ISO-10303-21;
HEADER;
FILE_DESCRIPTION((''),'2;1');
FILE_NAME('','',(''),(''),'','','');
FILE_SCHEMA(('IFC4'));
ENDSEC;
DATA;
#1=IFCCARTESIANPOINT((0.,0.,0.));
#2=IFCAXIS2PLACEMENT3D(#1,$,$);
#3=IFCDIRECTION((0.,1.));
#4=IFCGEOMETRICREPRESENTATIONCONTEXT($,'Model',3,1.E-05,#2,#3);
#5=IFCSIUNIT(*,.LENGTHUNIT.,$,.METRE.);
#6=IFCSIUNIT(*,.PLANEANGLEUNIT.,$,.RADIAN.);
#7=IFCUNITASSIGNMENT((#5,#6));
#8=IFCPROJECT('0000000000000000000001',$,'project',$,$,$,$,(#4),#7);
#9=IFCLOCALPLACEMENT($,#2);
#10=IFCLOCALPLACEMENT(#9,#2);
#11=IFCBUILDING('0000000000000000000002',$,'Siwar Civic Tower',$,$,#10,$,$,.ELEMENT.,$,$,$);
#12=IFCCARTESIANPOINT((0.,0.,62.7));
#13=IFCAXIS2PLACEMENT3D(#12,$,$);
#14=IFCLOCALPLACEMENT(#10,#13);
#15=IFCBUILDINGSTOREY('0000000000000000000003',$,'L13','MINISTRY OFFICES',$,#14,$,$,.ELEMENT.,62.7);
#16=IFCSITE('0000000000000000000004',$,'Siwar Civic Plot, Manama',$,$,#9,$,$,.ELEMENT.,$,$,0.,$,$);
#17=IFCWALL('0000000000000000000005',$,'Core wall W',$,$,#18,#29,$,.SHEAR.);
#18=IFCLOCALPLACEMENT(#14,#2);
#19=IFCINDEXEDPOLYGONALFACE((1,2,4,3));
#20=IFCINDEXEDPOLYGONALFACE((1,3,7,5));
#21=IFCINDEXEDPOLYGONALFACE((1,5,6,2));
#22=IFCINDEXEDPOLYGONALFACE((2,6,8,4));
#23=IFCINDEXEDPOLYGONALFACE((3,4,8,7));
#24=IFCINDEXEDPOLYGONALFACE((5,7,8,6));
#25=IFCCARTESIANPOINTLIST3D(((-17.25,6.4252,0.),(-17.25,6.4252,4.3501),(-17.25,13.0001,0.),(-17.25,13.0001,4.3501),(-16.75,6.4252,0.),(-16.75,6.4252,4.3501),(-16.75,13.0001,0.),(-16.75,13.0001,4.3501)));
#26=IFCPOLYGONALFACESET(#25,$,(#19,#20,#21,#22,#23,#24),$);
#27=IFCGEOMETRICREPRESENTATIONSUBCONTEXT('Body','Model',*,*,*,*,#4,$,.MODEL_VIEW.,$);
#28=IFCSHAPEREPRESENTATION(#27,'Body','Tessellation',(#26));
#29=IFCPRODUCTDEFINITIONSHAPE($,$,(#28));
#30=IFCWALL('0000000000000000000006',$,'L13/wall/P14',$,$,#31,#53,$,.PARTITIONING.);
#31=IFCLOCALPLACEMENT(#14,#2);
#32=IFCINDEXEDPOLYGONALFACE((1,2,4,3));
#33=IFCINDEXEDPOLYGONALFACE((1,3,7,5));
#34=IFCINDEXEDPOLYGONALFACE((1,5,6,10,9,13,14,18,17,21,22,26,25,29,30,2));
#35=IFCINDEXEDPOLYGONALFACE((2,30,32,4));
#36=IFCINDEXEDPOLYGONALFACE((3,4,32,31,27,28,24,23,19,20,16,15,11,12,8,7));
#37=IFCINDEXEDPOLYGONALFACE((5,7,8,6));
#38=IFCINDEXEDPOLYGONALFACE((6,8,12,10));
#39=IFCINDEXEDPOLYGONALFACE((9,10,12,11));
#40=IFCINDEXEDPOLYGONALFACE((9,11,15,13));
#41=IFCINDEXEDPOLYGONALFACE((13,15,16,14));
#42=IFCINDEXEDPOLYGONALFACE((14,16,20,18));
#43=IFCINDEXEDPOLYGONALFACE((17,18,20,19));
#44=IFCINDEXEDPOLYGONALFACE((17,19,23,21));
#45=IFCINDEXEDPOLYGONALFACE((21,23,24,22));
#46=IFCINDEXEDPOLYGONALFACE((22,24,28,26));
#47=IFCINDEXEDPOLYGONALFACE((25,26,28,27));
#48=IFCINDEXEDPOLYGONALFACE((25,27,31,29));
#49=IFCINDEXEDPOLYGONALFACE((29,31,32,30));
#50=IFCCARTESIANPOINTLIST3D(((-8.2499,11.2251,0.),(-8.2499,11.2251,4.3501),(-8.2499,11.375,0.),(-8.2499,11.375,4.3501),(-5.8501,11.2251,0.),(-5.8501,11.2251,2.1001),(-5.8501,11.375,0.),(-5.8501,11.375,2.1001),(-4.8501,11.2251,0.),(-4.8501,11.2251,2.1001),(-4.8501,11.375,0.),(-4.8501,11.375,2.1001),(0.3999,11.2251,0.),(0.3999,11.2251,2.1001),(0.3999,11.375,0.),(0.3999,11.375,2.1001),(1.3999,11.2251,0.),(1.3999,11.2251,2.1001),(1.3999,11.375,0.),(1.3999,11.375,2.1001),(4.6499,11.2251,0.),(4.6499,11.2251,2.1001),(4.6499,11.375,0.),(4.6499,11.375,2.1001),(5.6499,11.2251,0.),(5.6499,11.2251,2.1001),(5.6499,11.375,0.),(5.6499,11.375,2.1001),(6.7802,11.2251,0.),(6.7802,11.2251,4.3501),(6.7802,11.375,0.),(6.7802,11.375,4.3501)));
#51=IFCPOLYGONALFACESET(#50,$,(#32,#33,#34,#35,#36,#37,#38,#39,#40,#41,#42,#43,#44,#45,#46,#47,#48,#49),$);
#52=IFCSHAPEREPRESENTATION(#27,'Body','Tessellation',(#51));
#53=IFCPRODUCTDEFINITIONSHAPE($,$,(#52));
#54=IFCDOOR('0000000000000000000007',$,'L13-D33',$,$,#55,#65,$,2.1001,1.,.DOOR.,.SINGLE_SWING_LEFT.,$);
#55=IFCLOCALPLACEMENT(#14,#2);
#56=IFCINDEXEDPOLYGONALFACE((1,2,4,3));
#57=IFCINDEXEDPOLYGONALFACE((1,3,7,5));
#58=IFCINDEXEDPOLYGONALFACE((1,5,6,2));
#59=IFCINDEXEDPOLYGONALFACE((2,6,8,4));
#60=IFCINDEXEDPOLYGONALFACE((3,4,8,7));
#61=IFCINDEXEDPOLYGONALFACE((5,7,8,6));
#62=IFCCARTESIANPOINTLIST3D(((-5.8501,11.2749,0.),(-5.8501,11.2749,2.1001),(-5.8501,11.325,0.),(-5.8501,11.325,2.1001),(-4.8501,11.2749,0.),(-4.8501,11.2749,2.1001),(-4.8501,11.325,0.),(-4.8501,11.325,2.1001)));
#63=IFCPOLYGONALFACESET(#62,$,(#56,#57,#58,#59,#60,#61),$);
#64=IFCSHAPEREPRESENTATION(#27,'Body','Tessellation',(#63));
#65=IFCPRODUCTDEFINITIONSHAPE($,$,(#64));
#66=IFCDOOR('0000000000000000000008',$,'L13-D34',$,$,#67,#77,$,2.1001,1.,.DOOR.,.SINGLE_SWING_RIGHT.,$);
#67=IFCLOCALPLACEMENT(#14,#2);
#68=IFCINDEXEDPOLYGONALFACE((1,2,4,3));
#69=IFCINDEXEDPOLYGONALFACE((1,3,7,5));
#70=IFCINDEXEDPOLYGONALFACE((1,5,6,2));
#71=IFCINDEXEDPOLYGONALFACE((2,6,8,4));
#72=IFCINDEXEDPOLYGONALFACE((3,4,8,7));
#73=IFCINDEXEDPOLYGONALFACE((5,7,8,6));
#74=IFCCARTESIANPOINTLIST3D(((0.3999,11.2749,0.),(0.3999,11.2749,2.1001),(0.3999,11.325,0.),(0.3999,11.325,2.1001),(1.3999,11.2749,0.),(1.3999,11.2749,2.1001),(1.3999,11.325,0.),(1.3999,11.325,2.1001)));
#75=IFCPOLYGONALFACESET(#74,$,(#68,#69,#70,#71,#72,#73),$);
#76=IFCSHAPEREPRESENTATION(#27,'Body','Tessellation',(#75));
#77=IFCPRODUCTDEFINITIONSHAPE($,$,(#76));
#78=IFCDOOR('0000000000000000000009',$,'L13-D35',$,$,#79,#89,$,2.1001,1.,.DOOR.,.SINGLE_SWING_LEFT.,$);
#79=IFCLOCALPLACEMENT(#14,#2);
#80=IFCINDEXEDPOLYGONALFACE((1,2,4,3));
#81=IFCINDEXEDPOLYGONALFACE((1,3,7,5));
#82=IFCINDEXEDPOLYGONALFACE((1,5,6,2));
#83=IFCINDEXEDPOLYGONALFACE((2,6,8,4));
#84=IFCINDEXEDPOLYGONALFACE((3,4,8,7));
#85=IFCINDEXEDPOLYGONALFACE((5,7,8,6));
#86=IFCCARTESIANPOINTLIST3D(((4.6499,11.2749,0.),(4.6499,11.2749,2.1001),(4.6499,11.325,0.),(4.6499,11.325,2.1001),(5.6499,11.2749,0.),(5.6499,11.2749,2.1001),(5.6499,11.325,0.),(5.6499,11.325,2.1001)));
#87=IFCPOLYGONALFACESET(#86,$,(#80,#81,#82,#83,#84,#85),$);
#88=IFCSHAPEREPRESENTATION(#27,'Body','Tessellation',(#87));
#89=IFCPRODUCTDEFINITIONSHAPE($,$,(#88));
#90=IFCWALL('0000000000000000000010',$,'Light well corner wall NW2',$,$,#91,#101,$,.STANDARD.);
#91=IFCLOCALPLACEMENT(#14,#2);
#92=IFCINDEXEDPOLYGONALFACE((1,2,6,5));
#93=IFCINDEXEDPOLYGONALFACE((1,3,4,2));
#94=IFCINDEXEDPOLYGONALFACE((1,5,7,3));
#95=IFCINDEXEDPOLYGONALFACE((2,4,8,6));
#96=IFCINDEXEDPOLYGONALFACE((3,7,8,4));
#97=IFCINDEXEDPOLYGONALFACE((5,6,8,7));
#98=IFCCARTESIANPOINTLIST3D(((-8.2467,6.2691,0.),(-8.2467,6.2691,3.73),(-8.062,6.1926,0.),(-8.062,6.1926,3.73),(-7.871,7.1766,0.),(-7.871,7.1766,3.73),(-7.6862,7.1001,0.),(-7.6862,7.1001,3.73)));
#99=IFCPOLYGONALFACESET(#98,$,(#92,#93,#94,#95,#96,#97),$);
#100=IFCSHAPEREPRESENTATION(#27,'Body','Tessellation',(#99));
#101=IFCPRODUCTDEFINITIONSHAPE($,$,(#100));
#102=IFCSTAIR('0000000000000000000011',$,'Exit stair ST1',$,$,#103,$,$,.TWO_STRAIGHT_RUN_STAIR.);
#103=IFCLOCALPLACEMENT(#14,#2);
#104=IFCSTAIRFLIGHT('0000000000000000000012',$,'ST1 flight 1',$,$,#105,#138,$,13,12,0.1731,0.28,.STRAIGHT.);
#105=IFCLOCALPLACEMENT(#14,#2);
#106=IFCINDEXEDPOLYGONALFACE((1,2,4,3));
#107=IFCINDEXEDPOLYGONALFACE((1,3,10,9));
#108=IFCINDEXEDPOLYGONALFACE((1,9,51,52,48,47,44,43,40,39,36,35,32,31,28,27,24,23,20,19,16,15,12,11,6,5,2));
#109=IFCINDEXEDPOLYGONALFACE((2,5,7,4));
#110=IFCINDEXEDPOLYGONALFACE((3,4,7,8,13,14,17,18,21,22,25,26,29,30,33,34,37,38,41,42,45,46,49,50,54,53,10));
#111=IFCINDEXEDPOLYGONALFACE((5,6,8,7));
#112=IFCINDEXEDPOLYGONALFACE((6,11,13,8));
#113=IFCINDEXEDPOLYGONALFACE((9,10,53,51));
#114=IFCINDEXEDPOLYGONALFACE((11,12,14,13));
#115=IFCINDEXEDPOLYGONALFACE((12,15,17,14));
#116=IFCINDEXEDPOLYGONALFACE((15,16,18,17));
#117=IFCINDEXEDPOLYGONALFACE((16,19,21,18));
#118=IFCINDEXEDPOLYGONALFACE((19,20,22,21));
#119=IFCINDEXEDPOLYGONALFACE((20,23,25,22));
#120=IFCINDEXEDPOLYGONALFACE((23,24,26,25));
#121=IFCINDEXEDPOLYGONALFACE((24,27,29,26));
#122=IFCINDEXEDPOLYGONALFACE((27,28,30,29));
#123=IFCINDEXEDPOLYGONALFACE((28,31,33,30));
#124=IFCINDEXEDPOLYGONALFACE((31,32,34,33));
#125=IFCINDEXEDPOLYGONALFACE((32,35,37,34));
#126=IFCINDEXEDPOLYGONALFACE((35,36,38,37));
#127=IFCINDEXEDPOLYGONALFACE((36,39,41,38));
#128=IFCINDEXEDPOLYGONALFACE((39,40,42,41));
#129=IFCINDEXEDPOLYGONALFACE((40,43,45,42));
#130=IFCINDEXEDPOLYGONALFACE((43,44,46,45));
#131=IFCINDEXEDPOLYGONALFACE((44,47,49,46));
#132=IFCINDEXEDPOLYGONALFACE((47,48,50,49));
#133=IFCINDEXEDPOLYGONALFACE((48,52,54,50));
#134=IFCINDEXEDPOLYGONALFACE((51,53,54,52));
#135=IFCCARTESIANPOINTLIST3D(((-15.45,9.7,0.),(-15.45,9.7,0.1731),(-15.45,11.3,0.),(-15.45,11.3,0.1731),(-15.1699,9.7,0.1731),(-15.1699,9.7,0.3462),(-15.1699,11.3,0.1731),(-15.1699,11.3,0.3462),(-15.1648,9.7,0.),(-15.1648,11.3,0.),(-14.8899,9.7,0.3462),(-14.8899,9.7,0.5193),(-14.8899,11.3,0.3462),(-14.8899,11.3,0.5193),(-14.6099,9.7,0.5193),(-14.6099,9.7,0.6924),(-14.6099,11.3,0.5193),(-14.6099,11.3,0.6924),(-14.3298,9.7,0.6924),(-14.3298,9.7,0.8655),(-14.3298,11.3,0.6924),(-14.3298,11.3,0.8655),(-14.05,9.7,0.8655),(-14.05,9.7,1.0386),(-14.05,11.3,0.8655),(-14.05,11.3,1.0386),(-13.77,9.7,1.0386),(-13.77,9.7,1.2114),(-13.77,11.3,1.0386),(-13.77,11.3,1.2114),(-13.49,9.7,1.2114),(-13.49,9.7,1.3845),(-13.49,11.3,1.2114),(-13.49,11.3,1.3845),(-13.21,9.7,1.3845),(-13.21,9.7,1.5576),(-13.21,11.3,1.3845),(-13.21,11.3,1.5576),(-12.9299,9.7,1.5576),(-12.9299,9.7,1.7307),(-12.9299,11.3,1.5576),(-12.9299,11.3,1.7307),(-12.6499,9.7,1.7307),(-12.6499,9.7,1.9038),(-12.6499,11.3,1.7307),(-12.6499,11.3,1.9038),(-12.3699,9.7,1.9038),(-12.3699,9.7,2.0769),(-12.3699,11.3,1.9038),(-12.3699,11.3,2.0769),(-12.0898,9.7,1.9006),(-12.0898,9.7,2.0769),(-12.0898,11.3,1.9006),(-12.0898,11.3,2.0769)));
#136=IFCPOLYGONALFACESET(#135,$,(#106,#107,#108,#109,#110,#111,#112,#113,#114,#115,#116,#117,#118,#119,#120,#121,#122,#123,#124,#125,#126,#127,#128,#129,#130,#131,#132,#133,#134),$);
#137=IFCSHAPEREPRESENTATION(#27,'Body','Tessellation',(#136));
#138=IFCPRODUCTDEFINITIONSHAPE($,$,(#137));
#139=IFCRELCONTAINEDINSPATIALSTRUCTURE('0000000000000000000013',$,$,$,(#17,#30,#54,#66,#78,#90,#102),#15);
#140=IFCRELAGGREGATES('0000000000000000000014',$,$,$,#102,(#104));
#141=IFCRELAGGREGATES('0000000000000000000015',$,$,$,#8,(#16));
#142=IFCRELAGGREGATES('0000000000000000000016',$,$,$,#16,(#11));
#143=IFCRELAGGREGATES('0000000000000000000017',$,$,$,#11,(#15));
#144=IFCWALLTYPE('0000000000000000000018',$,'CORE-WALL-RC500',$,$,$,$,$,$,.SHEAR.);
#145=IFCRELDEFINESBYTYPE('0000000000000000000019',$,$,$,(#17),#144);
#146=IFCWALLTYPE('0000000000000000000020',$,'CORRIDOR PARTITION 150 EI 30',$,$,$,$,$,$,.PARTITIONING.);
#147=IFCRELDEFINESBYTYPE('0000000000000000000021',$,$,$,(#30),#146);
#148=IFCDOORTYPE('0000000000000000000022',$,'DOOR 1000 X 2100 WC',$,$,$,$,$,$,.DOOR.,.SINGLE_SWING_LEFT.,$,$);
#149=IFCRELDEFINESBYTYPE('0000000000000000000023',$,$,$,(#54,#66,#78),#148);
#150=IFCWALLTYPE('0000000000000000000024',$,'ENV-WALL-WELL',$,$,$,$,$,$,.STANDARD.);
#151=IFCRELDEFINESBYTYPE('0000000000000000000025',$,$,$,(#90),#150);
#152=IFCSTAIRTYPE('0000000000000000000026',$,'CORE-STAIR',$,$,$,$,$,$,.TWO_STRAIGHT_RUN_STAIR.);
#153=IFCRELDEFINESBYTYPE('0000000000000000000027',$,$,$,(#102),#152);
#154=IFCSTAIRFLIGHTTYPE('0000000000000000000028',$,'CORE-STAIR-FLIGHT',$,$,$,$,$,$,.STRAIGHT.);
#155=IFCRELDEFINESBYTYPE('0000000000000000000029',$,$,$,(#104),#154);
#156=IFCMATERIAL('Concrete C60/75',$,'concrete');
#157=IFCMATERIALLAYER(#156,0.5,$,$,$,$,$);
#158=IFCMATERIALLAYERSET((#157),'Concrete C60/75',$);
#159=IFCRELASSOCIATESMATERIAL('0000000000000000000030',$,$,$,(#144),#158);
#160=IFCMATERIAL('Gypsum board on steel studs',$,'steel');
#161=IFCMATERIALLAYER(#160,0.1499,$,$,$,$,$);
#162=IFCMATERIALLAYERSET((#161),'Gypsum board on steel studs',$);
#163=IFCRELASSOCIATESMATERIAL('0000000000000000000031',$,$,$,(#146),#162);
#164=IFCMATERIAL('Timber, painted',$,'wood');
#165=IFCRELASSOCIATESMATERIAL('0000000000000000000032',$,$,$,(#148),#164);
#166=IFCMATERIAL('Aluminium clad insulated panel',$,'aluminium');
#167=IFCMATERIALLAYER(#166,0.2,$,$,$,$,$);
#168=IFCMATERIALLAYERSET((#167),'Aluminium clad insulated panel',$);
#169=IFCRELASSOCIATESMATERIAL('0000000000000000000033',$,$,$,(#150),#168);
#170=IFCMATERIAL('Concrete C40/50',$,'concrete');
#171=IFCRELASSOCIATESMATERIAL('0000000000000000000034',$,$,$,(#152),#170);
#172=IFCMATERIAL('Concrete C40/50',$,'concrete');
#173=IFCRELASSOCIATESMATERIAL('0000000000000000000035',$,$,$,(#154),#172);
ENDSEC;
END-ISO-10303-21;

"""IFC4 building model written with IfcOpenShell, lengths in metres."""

from ifc_helpers import new_model, si_unit, direction, frame, frame_2d, origin, place, context, subcontext, project, spatial, polyline, rectangle, outline, extrude, material, layer, layer_set, type_object, element, fill, aggregate, save


model = new_model("IFC4")

# Units and contexts
model_context = context("Model", 3, precision=1e-05, world=origin(), true_north=direction((0.0, 1.0)))
body_context = subcontext(model_context, "Body", "Model", "MODEL_VIEW")
ifc_project = project(units=[si_unit("LENGTHUNIT", "METRE"), si_unit("PLANEANGLEUNIT", "RADIAN")], contexts=[model_context])

# Site, building, storey
site_placement = place(None, origin())
site = spatial("IfcSite", under=ifc_project, at=site_placement, Name="Siwar Civic Plot, Manama", CompositionType="ELEMENT", RefElevation=0.0)
building_placement = place(site_placement, origin())
building = spatial("IfcBuilding", under=site, at=building_placement, Name="Siwar Civic Tower", CompositionType="ELEMENT")
storey_placement = place(building_placement, frame((0.0, 0.0, 62.7)))
storey = spatial("IfcBuildingStorey", under=building, at=storey_placement, Name="L13", Description="MINISTRY OFFICES", CompositionType="ELEMENT", Elevation=62.7)

# Wall
ifc_material_1 = material(Name="Concrete C60/75", Category="concrete")
ifc_layer_1 = layer(ifc_material_1, 0.5)
ifc_layer_set_1 = layer_set([ifc_layer_1], Name="Concrete C60/75")
wall_type_1 = type_object("IfcWallType", Name="CORE-WALL-RC500", PredefinedType="SHEAR", material=ifc_layer_set_1)
wall_1_placement = place(storey_placement, frame((-17.0, 6.425, 0.0), z_axis=(0.0, 0.0, 1.0), x_axis=(0.0, 1.0, 0.0)))
element("IfcWall", 1, at=wall_1_placement, inside=storey, type_object=wall_type_1, Name="Core wall W", PredefinedType="SHEAR", context=body_context, shape_type="SweptSolid", body=[
    extrude(rectangle(XDim=6.575, YDim=0.5, at=frame_2d((3.2876, 0.0))), origin(), (0.0, 0.0, 1.0), 4.3501),
])

# Wall, openings, doors
ifc_material_2 = material(Name="Gypsum board on steel studs", Category="steel")
ifc_layer_2 = layer(ifc_material_2, 0.1499)
ifc_layer_set_2 = layer_set([ifc_layer_2], Name="Gypsum board on steel studs")
wall_type_2 = type_object("IfcWallType", Name="CORRIDOR PARTITION 150 EI 30", PredefinedType="PARTITIONING", material=ifc_layer_set_2)
wall_2_placement = place(storey_placement, frame((-8.25, 11.3, 0.0), z_axis=(0.0, 0.0, 1.0), x_axis=(1.0, 0.0, 0.0)))
wall_2 = element("IfcWall", 2, at=wall_2_placement, inside=storey, type_object=wall_type_2, Name="L13/wall/P14", PredefinedType="PARTITIONING", context=body_context, shape_type="SweptSolid", body=[
    extrude(rectangle(XDim=15.03, YDim=0.1499, at=frame_2d((7.5151, 0.0))), origin(), (0.0, 0.0, 1.0), 4.3501),
])
opening_1_placement = place(wall_2_placement, frame((2.3999, 0.0, 0.0)))
opening_1 = element("IfcOpeningElement", 3, at=opening_1_placement, cuts=wall_2, PredefinedType="OPENING", context=body_context, shape_type="SweptSolid", body=[
    extrude(rectangle(XDim=1.0, YDim=2.1001, at=frame_2d((0.5, 1.05))), frame((0.0, 0.085, 0.0), z_axis=(0.0, -1.0, 0.0), x_axis=(1.0, 0.0, 0.0)), (0.0, 0.0, 1.0), 0.1699),
])
opening_2_placement = place(wall_2_placement, frame((8.6499, 0.0, 0.0)))
opening_2 = element("IfcOpeningElement", 4, at=opening_2_placement, cuts=wall_2, PredefinedType="OPENING", context=body_context, shape_type="SweptSolid", body=[
    extrude(rectangle(XDim=1.0, YDim=2.1001, at=frame_2d((0.5, 1.05))), frame((0.0, 0.085, 0.0), z_axis=(0.0, -1.0, 0.0), x_axis=(1.0, 0.0, 0.0)), (0.0, 0.0, 1.0), 0.1699),
])
opening_3_placement = place(wall_2_placement, frame((12.8999, 0.0, 0.0)))
opening_3 = element("IfcOpeningElement", 5, at=opening_3_placement, cuts=wall_2, PredefinedType="OPENING", context=body_context, shape_type="SweptSolid", body=[
    extrude(rectangle(XDim=1.0, YDim=2.1001, at=frame_2d((0.5, 1.05))), frame((0.0, 0.085, 0.0), z_axis=(0.0, -1.0, 0.0), x_axis=(1.0, 0.0, 0.0)), (0.0, 0.0, 1.0), 0.1699),
])
ifc_material_3 = material(Name="Timber, painted", Category="wood")
door_type_1 = type_object("IfcDoorType", Name="DOOR 1000 X 2100 WC", OperationType="SINGLE_SWING_LEFT", PredefinedType="DOOR", material=ifc_material_3)
door_1_placement = place(opening_1_placement, origin())
door_1 = element("IfcDoor", 6, at=door_1_placement, inside=storey, type_object=door_type_1, Name="L13-D33", OperationType="SINGLE_SWING_LEFT", OverallHeight=2.1001, OverallWidth=1.0, PredefinedType="DOOR", context=body_context, shape_type="SweptSolid", body=[
    extrude(rectangle(XDim=1.0, YDim=2.1001, at=frame_2d((0.5, 1.05))), frame((0.0, 0.0249, 0.0), z_axis=(0.0, -1.0, 0.0), x_axis=(1.0, 0.0, 0.0)), (0.0, 0.0, 1.0), 0.05),
])
fill(opening_1, door_1)
door_2_placement = place(opening_2_placement, origin())
door_2 = element("IfcDoor", 7, at=door_2_placement, inside=storey, type_object=door_type_1, Name="L13-D34", OperationType="SINGLE_SWING_RIGHT", OverallHeight=2.1001, OverallWidth=1.0, PredefinedType="DOOR", context=body_context, shape_type="SweptSolid", body=[
    extrude(rectangle(XDim=1.0, YDim=2.1001, at=frame_2d((0.5, 1.05))), frame((0.0, 0.0249, 0.0), z_axis=(0.0, -1.0, 0.0), x_axis=(1.0, 0.0, 0.0)), (0.0, 0.0, 1.0), 0.05),
])
fill(opening_2, door_2)
door_3_placement = place(opening_3_placement, origin())
door_3 = element("IfcDoor", 8, at=door_3_placement, inside=storey, type_object=door_type_1, Name="L13-D35", OperationType="SINGLE_SWING_LEFT", OverallHeight=2.1001, OverallWidth=1.0, PredefinedType="DOOR", context=body_context, shape_type="SweptSolid", body=[
    extrude(rectangle(XDim=1.0, YDim=2.1001, at=frame_2d((0.5, 1.05))), frame((0.0, 0.0249, 0.0), z_axis=(0.0, -1.0, 0.0), x_axis=(1.0, 0.0, 0.0)), (0.0, 0.0, 1.0), 0.05),
])
fill(opening_3, door_3)

# Wall
ifc_material_4 = material(Name="Aluminium clad insulated panel", Category="aluminium")
ifc_layer_3 = layer(ifc_material_4, 0.2)
ifc_layer_set_3 = layer_set([ifc_layer_3], Name="Aluminium clad insulated panel")
wall_type_3 = type_object("IfcWallType", Name="ENV-WALL-WELL", PredefinedType="STANDARD", material=ifc_layer_set_3)
wall_3_placement = place(storey_placement, frame((-7.7786, 7.1384, 0.0), z_axis=(0.0, 0.0, 1.0), x_axis=(-0.382549, -0.923935, 0.0)))
element("IfcWall", 9, at=wall_3_placement, inside=storey, type_object=wall_type_3, Name="Light well corner wall NW2", PredefinedType="STANDARD", context=body_context, shape_type="SweptSolid", body=[
    extrude(rectangle(XDim=0.9822, YDim=0.2, at=frame_2d((0.4912, 0.0))), origin(), (0.0, 0.0, 1.0), 3.73),
])

# Stair, stair flight
ifc_material_5 = material(Name="Concrete C40/50", Category="concrete")
stair_type = type_object("IfcStairType", Name="CORE-STAIR", PredefinedType="TWO_STRAIGHT_RUN_STAIR", material=ifc_material_5)
stair_placement = place(storey_placement, origin())
stair = element("IfcStair", 10, at=stair_placement, inside=storey, type_object=stair_type, Name="Exit stair ST1", PredefinedType="TWO_STRAIGHT_RUN_STAIR")
ifc_material_6 = material(Name="Concrete C40/50", Category="concrete")
stair_flight_type = type_object("IfcStairFlightType", Name="CORE-STAIR-FLIGHT", PredefinedType="STRAIGHT", material=ifc_material_6)
stair_flight_placement = place(storey_placement, frame((-15.45, 10.5, 0.0), z_axis=(0.0, 0.0, 1.0), x_axis=(1.0, 0.0, 0.0)))
stair_flight = element("IfcStairFlight", 11, at=stair_flight_placement, type_object=stair_flight_type, Name="ST1 flight 1", NumberOfRisers=13, NumberOfTreads=12, PredefinedType="STRAIGHT", RiserHeight=0.1731, TreadLength=0.28, context=body_context, shape_type="SweptSolid", body=[
    extrude(outline(polyline([(0.0, 0.0), (0.0, 0.1731), (0.28, 0.1731), (0.28, 0.3462), (0.5601, 0.3462), (0.5601, 0.5193), (0.8401, 0.5193), (0.8401, 0.6924), (1.1201, 0.6924), (1.1201, 0.8655), (1.3999, 0.8655), (1.3999, 1.0386), (1.6799, 1.0386), (1.6799, 1.2114), (1.96, 1.2114), (1.96, 1.3845), (2.24, 1.3845), (2.24, 1.5576), (2.52, 1.5576), (2.52, 1.7307), (2.8, 1.7307), (2.8, 1.9038), (3.0801, 1.9038), (3.0801, 2.0769), (3.3601, 2.0769), (3.3601, 2.25), (3.3601, 1.9006), (0.2852, 0.0), (0.0, 0.0)])), frame((0.0, 0.8, 0.0), z_axis=(0.0, -1.0, 0.0), x_axis=(1.0, 0.0, 0.0)), (0.0, 0.0, 1.0), 1.6001),
])
aggregate(stair, [stair_flight])

save(model, "model.ifc")
